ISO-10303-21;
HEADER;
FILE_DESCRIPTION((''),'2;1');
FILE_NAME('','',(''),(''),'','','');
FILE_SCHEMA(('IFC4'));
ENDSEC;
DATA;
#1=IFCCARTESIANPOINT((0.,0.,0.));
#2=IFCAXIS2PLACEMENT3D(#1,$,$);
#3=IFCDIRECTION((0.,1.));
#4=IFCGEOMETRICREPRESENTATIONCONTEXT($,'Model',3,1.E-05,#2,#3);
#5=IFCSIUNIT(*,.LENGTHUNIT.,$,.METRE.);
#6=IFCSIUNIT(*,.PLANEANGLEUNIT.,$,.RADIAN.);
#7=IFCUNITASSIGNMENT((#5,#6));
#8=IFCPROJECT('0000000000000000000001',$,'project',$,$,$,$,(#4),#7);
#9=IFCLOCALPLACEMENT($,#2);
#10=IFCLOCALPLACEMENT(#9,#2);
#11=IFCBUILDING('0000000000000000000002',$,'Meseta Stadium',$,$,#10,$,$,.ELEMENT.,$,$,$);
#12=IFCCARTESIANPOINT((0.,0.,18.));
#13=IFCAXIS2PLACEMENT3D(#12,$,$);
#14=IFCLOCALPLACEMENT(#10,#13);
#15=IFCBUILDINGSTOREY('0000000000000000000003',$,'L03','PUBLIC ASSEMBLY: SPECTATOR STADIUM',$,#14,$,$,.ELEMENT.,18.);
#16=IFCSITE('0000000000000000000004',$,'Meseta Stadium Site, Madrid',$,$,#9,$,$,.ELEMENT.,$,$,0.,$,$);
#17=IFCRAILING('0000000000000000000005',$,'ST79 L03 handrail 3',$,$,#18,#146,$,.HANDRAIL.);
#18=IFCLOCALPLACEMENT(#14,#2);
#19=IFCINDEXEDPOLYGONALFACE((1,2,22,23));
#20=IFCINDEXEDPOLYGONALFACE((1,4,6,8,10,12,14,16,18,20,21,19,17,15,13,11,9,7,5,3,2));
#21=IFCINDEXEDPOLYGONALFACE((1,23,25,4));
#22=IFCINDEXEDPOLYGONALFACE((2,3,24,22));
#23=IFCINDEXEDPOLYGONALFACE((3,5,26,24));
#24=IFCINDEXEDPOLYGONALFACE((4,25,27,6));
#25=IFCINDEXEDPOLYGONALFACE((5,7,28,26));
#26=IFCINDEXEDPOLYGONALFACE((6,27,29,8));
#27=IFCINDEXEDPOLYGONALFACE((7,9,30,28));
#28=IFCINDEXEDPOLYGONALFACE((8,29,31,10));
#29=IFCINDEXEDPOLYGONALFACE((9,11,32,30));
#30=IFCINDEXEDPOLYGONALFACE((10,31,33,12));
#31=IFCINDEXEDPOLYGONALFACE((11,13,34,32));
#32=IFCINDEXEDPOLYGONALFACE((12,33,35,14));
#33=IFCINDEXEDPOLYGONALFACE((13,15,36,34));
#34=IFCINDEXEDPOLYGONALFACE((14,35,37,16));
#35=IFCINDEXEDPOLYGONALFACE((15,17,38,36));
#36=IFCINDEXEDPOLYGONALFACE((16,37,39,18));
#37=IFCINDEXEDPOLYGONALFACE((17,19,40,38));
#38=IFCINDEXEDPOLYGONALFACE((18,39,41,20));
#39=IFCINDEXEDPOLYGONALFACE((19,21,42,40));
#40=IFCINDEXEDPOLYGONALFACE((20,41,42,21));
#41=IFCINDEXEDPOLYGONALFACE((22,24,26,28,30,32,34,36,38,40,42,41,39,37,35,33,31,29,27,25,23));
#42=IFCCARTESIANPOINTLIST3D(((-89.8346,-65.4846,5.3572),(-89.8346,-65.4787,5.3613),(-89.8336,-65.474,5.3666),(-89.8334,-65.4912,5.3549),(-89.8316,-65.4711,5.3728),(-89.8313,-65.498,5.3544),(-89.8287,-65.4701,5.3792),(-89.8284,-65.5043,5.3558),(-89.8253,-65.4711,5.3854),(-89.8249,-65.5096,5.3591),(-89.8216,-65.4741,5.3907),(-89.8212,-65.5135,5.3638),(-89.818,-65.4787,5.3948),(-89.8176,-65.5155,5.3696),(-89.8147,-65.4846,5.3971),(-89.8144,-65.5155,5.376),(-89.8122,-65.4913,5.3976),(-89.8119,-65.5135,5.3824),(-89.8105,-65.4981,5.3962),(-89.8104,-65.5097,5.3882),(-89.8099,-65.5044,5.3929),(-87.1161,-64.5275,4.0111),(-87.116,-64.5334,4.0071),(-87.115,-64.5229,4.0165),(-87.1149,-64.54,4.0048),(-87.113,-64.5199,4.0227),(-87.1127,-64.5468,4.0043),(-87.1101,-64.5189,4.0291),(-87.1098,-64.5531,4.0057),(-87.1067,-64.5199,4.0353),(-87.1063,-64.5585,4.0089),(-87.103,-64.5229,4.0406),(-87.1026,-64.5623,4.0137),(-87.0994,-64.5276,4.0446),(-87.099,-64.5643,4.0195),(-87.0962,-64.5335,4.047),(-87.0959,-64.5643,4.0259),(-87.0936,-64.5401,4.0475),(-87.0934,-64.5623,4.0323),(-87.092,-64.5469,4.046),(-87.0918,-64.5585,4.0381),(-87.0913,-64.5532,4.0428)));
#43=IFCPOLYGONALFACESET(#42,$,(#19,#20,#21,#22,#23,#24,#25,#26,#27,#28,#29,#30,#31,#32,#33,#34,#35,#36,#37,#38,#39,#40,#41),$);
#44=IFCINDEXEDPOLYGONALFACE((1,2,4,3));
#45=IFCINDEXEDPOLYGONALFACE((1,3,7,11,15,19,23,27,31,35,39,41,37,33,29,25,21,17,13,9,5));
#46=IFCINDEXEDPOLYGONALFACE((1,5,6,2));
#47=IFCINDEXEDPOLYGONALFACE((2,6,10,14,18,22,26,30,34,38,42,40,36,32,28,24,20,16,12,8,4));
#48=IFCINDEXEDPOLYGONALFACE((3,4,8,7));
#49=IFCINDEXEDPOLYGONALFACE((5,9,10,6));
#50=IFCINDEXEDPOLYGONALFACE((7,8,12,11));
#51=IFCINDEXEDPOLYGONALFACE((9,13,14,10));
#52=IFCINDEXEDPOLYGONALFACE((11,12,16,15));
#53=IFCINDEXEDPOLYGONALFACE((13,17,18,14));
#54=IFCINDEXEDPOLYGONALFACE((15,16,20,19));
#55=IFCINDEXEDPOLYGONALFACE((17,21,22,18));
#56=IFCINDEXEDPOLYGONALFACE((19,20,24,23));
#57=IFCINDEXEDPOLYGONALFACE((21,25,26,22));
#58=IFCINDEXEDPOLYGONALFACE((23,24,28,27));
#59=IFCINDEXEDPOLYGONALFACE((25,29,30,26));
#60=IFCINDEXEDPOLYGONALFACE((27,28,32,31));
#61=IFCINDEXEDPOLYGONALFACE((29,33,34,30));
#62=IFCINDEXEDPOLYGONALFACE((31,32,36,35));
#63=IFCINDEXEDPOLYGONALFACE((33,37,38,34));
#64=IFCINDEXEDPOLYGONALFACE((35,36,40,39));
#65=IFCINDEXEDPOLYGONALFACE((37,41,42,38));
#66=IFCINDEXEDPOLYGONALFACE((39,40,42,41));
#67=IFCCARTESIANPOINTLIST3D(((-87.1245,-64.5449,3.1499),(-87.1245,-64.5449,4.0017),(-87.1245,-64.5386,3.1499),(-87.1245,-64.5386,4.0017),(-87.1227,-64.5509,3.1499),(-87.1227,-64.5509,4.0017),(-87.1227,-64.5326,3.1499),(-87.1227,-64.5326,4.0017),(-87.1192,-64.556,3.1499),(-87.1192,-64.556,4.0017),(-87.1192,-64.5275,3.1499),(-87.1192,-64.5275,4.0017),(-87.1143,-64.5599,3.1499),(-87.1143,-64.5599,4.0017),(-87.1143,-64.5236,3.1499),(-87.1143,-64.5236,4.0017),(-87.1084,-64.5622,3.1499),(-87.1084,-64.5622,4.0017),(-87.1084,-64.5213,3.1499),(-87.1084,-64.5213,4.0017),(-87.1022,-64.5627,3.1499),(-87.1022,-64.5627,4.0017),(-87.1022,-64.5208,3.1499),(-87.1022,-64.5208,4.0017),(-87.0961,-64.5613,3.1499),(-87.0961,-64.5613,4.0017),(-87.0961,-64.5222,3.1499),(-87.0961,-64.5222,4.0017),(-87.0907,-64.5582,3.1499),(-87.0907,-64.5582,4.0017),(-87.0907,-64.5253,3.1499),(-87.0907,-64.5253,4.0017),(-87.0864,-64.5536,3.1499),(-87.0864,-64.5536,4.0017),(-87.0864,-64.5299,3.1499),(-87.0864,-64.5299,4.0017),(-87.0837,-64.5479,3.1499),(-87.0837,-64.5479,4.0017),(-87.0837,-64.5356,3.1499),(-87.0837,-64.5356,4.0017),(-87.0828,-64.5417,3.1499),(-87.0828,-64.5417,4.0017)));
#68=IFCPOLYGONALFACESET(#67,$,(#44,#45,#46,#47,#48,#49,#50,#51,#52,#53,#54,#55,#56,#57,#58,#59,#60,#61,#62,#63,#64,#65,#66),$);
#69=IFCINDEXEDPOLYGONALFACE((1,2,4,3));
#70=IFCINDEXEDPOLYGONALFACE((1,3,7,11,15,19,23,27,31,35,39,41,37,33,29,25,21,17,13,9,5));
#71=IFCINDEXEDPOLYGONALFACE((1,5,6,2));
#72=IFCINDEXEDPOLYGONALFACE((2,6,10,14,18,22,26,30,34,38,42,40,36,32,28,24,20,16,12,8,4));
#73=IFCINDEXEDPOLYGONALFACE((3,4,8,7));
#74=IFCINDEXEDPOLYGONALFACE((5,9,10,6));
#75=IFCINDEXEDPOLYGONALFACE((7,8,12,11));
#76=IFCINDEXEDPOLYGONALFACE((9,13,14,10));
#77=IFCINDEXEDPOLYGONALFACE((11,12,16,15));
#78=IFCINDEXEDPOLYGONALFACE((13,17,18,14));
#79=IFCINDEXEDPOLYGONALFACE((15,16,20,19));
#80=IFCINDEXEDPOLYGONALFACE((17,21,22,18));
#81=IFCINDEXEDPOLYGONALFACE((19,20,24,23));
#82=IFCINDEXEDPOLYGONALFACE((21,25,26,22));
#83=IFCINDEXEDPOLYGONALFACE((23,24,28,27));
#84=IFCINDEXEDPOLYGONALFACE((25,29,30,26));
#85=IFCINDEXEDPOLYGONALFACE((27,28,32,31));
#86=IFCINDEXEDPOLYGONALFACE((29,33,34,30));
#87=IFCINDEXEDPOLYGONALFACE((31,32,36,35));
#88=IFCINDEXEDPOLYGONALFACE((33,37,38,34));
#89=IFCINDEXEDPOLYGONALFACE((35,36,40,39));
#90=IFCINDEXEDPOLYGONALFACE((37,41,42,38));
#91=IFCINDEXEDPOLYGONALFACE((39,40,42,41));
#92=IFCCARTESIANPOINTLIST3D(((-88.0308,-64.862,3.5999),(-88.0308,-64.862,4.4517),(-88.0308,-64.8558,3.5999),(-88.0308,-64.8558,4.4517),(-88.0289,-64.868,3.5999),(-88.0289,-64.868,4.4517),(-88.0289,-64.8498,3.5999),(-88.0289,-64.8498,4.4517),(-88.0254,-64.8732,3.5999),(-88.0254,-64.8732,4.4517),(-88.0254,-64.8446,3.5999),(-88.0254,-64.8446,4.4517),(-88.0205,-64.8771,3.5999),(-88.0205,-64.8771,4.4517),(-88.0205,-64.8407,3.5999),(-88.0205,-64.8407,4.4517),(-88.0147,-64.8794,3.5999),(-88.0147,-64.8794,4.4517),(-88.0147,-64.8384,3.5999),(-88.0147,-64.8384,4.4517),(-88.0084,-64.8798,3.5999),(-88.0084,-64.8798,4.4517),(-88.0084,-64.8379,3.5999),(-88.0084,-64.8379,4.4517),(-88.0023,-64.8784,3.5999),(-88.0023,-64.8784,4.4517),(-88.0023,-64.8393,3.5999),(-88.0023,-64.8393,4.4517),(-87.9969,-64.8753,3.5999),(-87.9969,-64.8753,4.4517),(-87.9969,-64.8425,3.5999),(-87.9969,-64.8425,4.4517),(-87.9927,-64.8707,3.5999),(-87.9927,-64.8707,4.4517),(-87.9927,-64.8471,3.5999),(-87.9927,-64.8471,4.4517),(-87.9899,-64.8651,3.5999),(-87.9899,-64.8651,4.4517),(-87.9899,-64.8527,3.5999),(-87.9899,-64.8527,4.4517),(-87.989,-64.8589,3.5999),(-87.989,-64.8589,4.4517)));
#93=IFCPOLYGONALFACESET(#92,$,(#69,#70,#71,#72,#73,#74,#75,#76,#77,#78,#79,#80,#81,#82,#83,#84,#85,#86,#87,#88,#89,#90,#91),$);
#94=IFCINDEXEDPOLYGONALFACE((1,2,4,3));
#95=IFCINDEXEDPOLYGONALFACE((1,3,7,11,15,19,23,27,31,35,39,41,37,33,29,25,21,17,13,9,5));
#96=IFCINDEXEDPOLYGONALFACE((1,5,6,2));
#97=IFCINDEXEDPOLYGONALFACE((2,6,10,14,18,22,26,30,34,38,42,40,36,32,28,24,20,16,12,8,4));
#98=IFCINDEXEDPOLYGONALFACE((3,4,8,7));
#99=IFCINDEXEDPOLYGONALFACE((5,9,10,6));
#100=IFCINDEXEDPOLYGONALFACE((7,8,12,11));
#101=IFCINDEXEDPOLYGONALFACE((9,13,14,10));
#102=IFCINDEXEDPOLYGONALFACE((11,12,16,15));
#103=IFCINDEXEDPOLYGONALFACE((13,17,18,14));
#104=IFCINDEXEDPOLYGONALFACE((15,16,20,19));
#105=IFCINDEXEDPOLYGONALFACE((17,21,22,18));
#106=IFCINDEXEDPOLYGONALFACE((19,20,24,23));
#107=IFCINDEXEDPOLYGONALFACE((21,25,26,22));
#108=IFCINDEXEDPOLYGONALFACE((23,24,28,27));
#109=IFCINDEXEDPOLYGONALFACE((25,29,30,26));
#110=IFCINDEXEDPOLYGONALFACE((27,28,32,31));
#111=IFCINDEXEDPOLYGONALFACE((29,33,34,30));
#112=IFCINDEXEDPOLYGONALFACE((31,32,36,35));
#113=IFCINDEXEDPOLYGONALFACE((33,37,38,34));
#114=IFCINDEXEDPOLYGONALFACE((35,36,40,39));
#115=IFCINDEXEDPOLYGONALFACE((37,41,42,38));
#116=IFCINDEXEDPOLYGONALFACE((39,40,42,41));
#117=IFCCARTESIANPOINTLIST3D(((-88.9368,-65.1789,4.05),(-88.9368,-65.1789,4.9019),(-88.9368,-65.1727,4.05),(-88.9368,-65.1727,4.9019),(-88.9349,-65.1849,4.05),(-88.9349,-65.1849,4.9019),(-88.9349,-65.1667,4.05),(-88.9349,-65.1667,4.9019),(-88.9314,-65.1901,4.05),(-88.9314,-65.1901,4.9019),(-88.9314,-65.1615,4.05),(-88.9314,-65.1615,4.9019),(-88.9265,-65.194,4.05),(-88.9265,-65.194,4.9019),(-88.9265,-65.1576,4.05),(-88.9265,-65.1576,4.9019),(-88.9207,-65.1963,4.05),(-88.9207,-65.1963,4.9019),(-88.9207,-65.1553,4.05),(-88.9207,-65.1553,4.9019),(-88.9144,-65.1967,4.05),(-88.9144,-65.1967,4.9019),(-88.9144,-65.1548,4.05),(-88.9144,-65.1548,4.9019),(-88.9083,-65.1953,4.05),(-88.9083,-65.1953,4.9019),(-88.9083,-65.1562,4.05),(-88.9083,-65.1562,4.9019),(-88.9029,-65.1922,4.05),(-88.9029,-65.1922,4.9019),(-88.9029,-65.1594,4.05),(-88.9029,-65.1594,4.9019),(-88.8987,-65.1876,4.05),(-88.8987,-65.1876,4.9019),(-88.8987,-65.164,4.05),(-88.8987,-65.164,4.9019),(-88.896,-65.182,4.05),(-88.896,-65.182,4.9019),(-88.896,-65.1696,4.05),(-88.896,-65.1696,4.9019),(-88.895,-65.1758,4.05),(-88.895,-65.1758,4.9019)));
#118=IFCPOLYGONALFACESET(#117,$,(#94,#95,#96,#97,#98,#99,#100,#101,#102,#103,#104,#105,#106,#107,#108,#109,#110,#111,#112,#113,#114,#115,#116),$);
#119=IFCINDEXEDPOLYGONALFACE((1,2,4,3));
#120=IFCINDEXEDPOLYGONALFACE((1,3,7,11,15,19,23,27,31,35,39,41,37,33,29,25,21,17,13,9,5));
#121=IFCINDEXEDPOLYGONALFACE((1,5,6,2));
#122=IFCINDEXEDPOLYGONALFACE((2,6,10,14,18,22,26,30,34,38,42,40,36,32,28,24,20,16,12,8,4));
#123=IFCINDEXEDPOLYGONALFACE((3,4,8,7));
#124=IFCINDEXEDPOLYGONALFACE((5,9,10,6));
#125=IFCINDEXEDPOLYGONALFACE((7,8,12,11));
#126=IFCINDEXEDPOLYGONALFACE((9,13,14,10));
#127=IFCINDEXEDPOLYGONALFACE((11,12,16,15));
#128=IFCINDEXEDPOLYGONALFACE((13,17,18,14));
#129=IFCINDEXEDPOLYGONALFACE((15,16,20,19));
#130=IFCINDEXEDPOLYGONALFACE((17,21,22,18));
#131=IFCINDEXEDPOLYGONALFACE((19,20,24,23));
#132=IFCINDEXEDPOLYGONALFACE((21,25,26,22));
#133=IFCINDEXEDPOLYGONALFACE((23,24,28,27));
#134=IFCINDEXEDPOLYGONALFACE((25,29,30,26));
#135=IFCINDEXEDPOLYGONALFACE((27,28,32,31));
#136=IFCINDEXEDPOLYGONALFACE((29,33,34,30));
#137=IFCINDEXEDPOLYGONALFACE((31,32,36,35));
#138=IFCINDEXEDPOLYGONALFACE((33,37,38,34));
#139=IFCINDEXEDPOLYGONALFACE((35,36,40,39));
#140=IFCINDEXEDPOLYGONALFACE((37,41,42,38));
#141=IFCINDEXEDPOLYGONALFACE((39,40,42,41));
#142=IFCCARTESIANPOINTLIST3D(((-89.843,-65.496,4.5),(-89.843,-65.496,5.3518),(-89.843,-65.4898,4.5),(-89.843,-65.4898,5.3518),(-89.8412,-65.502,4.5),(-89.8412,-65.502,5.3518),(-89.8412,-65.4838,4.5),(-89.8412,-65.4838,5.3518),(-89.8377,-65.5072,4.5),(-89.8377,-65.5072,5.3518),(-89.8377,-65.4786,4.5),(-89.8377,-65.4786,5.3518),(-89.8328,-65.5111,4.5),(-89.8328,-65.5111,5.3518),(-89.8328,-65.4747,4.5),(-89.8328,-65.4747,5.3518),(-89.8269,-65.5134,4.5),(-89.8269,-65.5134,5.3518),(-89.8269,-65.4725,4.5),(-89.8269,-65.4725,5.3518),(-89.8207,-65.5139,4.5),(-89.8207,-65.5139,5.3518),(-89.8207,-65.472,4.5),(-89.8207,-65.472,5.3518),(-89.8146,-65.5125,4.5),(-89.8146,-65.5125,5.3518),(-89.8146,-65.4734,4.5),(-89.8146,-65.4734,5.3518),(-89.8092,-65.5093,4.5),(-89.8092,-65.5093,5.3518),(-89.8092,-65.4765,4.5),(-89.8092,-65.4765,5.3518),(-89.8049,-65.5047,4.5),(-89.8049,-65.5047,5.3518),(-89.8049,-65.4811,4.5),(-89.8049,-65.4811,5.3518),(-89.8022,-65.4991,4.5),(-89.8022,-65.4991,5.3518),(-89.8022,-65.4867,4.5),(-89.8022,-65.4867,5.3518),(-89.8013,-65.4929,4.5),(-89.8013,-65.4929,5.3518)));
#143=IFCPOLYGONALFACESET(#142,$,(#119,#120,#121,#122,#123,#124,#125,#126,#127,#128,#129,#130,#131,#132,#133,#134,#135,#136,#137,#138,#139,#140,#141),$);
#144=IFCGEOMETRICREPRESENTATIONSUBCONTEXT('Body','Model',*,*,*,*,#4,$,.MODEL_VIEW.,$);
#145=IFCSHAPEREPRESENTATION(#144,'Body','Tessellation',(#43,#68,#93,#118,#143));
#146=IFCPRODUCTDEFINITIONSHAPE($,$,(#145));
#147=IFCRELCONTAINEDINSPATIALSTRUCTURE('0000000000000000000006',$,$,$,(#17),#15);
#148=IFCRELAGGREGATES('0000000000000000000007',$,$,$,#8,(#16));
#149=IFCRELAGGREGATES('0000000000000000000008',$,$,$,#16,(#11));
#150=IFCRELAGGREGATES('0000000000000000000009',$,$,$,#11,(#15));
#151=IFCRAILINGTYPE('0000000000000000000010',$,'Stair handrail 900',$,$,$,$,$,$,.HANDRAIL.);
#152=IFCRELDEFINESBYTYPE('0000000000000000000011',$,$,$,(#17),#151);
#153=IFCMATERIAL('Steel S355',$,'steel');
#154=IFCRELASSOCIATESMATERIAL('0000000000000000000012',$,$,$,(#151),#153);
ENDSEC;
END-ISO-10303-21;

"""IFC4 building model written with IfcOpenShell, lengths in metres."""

from ifc_helpers import new_model, si_unit, direction, frame, origin, origin_2d, place, context, subcontext, project, spatial, circle, extrude, material, type_object, element, save


model = new_model("IFC4")

# Units and contexts
model_context = context("Model", 3, precision=1e-05, world=origin(), true_north=direction((0.0, 1.0)))
body_context = subcontext(model_context, "Body", "Model", "MODEL_VIEW")
ifc_project = project(units=[si_unit("LENGTHUNIT", "METRE"), si_unit("PLANEANGLEUNIT", "RADIAN")], contexts=[model_context])

# Site, building, storey
site_placement = place(None, origin())
site = spatial("IfcSite", under=ifc_project, at=site_placement, Name="Meseta Stadium Site, Madrid", CompositionType="ELEMENT", RefElevation=0.0)
building_placement = place(site_placement, origin())
building = spatial("IfcBuilding", under=site, at=building_placement, Name="Meseta Stadium", CompositionType="ELEMENT")
storey_placement = place(building_placement, frame((0.0, 0.0, 18.0)))
storey = spatial("IfcBuildingStorey", under=building, at=storey_placement, Name="L03", Description="PUBLIC ASSEMBLY: SPECTATOR STADIUM", CompositionType="ELEMENT", Elevation=18.0)

# Railing
ifc_material_1 = material(Name="Steel S355", Category="steel")
railing_type_1 = type_object("IfcRailingType", Name="Stair handrail 900", PredefinedType="HANDRAIL", material=ifc_material_1)
for number, where, name in (
    (1, (-87.1038, -64.5417, 3.1499), "ST79 L03 handrail 3"),
):
    element("IfcRailing", number, at=place(storey_placement, frame(where)), inside=storey, type_object=railing_type_1, Name=name, PredefinedType="HANDRAIL", context=body_context, shape_type="SweptSolid", body=[
        extrude(circle(Radius=0.0239, at=origin_2d()), frame((0.0, 0.0, 0.876), z_axis=(-0.854649, -0.299031, 0.424446), x_axis=(0.330256, -0.943891, 0.0)), (0.0, 0.0, 1.0), 3.1809),
        extrude(circle(Radius=0.021, at=origin_2d()), origin(), (0.0, 0.0, 1.0), 0.8518),
        extrude(circle(Radius=0.021, at=origin_2d()), frame((-0.9062, -0.3171, 0.45)), (0.0, 0.0, 1.0), 0.8518),
        extrude(circle(Radius=0.021, at=origin_2d()), frame((-1.8123, -0.634, 0.9001)), (0.0, 0.0, 1.0), 0.8518),
        extrude(circle(Radius=0.021, at=origin_2d()), frame((-2.7185, -0.9512, 1.3501)), (0.0, 0.0, 1.0), 0.8518),
    ])

save(model, "model.ifc")
